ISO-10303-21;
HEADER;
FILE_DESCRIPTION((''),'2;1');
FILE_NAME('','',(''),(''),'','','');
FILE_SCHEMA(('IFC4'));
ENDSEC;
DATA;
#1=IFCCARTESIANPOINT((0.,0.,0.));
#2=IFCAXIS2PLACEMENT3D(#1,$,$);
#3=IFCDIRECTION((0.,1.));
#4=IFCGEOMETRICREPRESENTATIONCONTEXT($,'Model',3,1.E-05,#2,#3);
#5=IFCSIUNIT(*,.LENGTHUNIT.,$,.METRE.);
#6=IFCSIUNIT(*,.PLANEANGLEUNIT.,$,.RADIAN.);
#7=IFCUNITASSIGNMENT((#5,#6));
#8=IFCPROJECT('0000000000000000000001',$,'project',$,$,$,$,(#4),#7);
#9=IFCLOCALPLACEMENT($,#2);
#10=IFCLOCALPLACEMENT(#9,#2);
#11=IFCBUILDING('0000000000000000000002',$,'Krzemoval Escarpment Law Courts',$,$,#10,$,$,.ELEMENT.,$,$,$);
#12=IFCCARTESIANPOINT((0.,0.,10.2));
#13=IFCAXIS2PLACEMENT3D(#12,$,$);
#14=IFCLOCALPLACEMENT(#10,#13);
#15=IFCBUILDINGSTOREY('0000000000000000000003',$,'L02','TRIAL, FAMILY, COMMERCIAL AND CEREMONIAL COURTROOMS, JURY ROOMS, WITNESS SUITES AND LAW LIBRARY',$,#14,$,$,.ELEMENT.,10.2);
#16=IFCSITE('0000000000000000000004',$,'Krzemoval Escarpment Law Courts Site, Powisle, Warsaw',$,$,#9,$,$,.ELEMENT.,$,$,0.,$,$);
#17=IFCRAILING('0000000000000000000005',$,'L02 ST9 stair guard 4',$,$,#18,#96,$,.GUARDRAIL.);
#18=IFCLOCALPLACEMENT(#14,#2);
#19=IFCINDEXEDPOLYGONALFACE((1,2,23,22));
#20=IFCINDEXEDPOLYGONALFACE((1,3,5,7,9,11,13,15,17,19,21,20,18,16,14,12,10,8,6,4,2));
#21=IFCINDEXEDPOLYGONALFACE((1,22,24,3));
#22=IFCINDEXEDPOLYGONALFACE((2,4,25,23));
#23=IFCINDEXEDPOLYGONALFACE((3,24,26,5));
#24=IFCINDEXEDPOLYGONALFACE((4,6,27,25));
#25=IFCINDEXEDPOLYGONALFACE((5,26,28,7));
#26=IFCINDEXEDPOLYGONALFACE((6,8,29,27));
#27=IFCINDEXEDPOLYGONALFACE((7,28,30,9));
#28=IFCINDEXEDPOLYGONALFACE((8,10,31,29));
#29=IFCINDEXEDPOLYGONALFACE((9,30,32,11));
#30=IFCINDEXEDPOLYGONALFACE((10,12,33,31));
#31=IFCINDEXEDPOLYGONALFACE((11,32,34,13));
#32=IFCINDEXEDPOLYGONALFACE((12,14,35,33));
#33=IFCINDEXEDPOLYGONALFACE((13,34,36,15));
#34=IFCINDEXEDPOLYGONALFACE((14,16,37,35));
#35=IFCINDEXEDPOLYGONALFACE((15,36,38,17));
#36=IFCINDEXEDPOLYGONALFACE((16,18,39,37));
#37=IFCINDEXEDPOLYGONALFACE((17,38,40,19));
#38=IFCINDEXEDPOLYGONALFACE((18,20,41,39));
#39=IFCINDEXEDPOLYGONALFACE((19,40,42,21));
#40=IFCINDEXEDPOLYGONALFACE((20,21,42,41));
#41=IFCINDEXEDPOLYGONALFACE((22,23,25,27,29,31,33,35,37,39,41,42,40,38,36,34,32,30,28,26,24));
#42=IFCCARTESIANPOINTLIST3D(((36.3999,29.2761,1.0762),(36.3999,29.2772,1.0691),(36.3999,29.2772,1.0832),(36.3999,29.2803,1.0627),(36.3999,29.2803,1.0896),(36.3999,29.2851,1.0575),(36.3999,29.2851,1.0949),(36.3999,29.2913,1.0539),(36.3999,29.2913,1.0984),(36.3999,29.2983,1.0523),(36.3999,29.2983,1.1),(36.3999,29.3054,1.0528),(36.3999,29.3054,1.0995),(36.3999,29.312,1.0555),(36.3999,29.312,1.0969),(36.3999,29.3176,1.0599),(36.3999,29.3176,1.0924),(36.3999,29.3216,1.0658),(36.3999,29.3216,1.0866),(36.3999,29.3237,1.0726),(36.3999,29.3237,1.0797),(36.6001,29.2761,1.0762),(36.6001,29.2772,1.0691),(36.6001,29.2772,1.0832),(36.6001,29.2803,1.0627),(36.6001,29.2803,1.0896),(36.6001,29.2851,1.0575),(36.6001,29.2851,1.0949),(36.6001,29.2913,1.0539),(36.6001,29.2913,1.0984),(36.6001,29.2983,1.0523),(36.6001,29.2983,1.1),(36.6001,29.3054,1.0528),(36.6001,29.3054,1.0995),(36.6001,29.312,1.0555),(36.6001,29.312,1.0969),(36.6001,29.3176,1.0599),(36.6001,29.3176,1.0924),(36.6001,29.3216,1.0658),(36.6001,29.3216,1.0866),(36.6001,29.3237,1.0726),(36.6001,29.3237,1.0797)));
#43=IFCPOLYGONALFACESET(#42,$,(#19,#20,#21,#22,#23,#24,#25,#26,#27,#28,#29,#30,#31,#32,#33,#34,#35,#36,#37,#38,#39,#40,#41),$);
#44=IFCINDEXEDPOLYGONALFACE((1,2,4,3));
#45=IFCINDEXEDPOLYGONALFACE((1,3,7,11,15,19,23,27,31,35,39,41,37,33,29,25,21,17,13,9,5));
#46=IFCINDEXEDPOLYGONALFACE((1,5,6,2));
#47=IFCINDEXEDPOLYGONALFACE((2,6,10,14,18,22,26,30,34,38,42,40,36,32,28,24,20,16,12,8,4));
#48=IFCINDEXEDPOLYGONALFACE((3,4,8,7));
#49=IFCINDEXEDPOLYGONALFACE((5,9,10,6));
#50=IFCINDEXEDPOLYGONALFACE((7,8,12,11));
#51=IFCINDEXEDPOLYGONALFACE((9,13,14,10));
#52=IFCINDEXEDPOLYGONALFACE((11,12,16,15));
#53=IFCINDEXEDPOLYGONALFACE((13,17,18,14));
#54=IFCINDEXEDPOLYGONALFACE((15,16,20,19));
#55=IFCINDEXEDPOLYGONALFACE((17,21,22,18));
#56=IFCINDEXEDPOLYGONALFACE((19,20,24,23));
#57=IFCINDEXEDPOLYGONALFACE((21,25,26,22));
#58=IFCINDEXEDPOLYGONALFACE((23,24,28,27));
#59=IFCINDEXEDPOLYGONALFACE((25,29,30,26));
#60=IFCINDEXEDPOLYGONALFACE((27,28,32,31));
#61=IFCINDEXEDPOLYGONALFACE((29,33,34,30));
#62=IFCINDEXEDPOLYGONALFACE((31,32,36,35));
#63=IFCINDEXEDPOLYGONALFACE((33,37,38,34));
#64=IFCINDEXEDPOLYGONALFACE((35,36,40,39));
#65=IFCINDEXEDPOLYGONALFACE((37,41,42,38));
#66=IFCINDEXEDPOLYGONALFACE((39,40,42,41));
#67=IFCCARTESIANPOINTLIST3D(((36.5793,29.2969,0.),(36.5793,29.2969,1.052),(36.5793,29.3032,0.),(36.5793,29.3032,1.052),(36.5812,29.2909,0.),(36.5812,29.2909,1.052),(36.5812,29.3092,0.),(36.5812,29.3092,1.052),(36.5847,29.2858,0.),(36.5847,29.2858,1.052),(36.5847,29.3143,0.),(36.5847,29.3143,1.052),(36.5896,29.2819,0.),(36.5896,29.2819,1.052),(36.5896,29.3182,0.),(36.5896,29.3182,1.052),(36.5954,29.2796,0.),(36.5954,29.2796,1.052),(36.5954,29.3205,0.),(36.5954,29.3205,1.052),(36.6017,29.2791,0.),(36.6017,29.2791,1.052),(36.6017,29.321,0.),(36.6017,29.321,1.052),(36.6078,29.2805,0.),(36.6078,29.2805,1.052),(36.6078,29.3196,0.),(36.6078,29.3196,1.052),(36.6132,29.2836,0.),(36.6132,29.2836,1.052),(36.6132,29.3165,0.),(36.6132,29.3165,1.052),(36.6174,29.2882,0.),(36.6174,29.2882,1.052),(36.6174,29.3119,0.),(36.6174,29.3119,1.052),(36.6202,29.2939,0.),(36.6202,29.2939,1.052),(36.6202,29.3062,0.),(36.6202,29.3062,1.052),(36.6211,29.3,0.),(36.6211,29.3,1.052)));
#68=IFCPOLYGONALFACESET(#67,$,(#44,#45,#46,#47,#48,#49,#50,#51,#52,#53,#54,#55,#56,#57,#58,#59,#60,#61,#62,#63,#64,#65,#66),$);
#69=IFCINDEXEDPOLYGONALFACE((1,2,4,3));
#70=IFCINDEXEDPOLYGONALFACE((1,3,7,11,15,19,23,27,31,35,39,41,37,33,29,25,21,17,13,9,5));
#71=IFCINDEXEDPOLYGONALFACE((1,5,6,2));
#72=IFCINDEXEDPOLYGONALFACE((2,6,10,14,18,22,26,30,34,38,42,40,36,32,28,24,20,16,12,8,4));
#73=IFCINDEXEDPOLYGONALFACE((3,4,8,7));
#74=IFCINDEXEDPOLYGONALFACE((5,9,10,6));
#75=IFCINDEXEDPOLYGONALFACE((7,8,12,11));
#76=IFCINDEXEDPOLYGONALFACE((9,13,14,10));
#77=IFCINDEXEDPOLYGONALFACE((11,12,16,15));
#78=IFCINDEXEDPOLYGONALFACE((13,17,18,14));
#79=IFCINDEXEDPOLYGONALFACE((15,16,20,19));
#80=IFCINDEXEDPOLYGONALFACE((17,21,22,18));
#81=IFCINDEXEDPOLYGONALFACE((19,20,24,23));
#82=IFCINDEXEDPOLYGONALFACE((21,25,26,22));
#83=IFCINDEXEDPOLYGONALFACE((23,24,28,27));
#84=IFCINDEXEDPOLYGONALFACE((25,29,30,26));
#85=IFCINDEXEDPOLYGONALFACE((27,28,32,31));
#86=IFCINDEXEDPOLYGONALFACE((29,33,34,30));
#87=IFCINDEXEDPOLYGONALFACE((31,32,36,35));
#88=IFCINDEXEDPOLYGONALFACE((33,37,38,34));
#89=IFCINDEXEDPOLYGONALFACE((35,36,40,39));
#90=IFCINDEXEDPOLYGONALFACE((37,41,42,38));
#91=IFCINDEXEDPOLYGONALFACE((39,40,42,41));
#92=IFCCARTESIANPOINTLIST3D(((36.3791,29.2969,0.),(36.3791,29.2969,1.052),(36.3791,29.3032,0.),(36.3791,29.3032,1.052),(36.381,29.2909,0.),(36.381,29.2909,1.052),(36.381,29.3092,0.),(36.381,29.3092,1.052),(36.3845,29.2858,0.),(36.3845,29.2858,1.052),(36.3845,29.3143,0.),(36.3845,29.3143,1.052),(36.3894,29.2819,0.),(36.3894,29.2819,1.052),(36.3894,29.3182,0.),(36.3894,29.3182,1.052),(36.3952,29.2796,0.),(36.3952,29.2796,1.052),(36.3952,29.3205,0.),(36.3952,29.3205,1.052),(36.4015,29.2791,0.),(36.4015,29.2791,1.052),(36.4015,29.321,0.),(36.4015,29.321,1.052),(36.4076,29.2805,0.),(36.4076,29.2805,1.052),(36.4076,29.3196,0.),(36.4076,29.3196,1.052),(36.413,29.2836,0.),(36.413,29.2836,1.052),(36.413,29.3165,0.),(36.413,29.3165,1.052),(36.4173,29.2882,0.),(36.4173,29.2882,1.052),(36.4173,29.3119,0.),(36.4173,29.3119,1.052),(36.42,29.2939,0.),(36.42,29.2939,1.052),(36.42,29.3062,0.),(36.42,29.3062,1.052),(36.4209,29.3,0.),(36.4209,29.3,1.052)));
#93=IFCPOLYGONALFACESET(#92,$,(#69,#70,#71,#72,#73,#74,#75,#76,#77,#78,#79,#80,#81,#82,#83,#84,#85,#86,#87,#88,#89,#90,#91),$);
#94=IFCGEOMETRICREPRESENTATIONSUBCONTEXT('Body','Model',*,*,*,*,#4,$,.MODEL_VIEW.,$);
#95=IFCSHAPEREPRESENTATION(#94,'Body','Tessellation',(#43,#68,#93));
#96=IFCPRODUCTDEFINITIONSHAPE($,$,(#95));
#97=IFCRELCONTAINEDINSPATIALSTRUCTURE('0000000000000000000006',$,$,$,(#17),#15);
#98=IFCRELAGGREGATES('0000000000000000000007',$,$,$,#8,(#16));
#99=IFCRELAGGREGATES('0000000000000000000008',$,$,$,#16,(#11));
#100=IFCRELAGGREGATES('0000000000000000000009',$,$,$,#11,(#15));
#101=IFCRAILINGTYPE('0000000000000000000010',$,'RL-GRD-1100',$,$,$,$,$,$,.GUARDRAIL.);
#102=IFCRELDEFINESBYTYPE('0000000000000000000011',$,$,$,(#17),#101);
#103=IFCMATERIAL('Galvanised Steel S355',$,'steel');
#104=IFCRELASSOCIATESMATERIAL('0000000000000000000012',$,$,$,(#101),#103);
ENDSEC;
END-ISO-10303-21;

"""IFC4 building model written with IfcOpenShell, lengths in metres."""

from ifc_helpers import new_model, si_unit, direction, frame, origin, origin_2d, place, context, subcontext, project, spatial, circle, extrude, material, type_object, element, save


model = new_model("IFC4")

# Units and contexts
model_context = context("Model", 3, precision=1e-05, world=origin(), true_north=direction((0.0, 1.0)))
body_context = subcontext(model_context, "Body", "Model", "MODEL_VIEW")
ifc_project = project(units=[si_unit("LENGTHUNIT", "METRE"), si_unit("PLANEANGLEUNIT", "RADIAN")], contexts=[model_context])

# Site, building, storey
site_placement = place(None, origin())
site = spatial("IfcSite", under=ifc_project, at=site_placement, Name="Krzemoval Escarpment Law Courts Site, Powisle, Warsaw", CompositionType="ELEMENT", RefElevation=0.0)
building_placement = place(site_placement, origin())
building = spatial("IfcBuilding", under=site, at=building_placement, Name="Krzemoval Escarpment Law Courts", CompositionType="ELEMENT")
storey_placement = place(building_placement, frame((0.0, 0.0, 10.2)))
storey = spatial("IfcBuildingStorey", under=building, at=storey_placement, Name="L02", Description="TRIAL, FAMILY, COMMERCIAL AND CEREMONIAL COURTROOMS, JURY ROOMS, WITNESS SUITES AND LAW LIBRARY", CompositionType="ELEMENT", Elevation=10.2)

# Railing
ifc_material_1 = material(Name="Galvanised Steel S355", Category="steel")
railing_type_1 = type_object("IfcRailingType", Name="RL-GRD-1100", PredefinedType="GUARDRAIL", material=ifc_material_1)
railing_1_placement = place(storey_placement, frame((36.6001, 29.3, 0.0)))
element("IfcRailing", 1, at=railing_1_placement, inside=storey, type_object=railing_type_1, Name="L02 ST9 stair guard 4", PredefinedType="GUARDRAIL", context=body_context, shape_type="SweptSolid", body=[
    extrude(circle(Radius=0.0239, at=origin_2d()), frame((0.0, 0.0, 1.0762), z_axis=(-1.0, 0.0, 0.0), x_axis=(0.0, -1.0, 0.0)), (0.0, 0.0, 1.0), 0.2002),
    extrude(circle(Radius=0.021, at=origin_2d()), origin(), (0.0, 0.0, 1.0), 1.052),
    extrude(circle(Radius=0.021, at=origin_2d()), frame((-0.2002, 0.0, 0.0)), (0.0, 0.0, 1.0), 1.052),
])

save(model, "model.ifc")
